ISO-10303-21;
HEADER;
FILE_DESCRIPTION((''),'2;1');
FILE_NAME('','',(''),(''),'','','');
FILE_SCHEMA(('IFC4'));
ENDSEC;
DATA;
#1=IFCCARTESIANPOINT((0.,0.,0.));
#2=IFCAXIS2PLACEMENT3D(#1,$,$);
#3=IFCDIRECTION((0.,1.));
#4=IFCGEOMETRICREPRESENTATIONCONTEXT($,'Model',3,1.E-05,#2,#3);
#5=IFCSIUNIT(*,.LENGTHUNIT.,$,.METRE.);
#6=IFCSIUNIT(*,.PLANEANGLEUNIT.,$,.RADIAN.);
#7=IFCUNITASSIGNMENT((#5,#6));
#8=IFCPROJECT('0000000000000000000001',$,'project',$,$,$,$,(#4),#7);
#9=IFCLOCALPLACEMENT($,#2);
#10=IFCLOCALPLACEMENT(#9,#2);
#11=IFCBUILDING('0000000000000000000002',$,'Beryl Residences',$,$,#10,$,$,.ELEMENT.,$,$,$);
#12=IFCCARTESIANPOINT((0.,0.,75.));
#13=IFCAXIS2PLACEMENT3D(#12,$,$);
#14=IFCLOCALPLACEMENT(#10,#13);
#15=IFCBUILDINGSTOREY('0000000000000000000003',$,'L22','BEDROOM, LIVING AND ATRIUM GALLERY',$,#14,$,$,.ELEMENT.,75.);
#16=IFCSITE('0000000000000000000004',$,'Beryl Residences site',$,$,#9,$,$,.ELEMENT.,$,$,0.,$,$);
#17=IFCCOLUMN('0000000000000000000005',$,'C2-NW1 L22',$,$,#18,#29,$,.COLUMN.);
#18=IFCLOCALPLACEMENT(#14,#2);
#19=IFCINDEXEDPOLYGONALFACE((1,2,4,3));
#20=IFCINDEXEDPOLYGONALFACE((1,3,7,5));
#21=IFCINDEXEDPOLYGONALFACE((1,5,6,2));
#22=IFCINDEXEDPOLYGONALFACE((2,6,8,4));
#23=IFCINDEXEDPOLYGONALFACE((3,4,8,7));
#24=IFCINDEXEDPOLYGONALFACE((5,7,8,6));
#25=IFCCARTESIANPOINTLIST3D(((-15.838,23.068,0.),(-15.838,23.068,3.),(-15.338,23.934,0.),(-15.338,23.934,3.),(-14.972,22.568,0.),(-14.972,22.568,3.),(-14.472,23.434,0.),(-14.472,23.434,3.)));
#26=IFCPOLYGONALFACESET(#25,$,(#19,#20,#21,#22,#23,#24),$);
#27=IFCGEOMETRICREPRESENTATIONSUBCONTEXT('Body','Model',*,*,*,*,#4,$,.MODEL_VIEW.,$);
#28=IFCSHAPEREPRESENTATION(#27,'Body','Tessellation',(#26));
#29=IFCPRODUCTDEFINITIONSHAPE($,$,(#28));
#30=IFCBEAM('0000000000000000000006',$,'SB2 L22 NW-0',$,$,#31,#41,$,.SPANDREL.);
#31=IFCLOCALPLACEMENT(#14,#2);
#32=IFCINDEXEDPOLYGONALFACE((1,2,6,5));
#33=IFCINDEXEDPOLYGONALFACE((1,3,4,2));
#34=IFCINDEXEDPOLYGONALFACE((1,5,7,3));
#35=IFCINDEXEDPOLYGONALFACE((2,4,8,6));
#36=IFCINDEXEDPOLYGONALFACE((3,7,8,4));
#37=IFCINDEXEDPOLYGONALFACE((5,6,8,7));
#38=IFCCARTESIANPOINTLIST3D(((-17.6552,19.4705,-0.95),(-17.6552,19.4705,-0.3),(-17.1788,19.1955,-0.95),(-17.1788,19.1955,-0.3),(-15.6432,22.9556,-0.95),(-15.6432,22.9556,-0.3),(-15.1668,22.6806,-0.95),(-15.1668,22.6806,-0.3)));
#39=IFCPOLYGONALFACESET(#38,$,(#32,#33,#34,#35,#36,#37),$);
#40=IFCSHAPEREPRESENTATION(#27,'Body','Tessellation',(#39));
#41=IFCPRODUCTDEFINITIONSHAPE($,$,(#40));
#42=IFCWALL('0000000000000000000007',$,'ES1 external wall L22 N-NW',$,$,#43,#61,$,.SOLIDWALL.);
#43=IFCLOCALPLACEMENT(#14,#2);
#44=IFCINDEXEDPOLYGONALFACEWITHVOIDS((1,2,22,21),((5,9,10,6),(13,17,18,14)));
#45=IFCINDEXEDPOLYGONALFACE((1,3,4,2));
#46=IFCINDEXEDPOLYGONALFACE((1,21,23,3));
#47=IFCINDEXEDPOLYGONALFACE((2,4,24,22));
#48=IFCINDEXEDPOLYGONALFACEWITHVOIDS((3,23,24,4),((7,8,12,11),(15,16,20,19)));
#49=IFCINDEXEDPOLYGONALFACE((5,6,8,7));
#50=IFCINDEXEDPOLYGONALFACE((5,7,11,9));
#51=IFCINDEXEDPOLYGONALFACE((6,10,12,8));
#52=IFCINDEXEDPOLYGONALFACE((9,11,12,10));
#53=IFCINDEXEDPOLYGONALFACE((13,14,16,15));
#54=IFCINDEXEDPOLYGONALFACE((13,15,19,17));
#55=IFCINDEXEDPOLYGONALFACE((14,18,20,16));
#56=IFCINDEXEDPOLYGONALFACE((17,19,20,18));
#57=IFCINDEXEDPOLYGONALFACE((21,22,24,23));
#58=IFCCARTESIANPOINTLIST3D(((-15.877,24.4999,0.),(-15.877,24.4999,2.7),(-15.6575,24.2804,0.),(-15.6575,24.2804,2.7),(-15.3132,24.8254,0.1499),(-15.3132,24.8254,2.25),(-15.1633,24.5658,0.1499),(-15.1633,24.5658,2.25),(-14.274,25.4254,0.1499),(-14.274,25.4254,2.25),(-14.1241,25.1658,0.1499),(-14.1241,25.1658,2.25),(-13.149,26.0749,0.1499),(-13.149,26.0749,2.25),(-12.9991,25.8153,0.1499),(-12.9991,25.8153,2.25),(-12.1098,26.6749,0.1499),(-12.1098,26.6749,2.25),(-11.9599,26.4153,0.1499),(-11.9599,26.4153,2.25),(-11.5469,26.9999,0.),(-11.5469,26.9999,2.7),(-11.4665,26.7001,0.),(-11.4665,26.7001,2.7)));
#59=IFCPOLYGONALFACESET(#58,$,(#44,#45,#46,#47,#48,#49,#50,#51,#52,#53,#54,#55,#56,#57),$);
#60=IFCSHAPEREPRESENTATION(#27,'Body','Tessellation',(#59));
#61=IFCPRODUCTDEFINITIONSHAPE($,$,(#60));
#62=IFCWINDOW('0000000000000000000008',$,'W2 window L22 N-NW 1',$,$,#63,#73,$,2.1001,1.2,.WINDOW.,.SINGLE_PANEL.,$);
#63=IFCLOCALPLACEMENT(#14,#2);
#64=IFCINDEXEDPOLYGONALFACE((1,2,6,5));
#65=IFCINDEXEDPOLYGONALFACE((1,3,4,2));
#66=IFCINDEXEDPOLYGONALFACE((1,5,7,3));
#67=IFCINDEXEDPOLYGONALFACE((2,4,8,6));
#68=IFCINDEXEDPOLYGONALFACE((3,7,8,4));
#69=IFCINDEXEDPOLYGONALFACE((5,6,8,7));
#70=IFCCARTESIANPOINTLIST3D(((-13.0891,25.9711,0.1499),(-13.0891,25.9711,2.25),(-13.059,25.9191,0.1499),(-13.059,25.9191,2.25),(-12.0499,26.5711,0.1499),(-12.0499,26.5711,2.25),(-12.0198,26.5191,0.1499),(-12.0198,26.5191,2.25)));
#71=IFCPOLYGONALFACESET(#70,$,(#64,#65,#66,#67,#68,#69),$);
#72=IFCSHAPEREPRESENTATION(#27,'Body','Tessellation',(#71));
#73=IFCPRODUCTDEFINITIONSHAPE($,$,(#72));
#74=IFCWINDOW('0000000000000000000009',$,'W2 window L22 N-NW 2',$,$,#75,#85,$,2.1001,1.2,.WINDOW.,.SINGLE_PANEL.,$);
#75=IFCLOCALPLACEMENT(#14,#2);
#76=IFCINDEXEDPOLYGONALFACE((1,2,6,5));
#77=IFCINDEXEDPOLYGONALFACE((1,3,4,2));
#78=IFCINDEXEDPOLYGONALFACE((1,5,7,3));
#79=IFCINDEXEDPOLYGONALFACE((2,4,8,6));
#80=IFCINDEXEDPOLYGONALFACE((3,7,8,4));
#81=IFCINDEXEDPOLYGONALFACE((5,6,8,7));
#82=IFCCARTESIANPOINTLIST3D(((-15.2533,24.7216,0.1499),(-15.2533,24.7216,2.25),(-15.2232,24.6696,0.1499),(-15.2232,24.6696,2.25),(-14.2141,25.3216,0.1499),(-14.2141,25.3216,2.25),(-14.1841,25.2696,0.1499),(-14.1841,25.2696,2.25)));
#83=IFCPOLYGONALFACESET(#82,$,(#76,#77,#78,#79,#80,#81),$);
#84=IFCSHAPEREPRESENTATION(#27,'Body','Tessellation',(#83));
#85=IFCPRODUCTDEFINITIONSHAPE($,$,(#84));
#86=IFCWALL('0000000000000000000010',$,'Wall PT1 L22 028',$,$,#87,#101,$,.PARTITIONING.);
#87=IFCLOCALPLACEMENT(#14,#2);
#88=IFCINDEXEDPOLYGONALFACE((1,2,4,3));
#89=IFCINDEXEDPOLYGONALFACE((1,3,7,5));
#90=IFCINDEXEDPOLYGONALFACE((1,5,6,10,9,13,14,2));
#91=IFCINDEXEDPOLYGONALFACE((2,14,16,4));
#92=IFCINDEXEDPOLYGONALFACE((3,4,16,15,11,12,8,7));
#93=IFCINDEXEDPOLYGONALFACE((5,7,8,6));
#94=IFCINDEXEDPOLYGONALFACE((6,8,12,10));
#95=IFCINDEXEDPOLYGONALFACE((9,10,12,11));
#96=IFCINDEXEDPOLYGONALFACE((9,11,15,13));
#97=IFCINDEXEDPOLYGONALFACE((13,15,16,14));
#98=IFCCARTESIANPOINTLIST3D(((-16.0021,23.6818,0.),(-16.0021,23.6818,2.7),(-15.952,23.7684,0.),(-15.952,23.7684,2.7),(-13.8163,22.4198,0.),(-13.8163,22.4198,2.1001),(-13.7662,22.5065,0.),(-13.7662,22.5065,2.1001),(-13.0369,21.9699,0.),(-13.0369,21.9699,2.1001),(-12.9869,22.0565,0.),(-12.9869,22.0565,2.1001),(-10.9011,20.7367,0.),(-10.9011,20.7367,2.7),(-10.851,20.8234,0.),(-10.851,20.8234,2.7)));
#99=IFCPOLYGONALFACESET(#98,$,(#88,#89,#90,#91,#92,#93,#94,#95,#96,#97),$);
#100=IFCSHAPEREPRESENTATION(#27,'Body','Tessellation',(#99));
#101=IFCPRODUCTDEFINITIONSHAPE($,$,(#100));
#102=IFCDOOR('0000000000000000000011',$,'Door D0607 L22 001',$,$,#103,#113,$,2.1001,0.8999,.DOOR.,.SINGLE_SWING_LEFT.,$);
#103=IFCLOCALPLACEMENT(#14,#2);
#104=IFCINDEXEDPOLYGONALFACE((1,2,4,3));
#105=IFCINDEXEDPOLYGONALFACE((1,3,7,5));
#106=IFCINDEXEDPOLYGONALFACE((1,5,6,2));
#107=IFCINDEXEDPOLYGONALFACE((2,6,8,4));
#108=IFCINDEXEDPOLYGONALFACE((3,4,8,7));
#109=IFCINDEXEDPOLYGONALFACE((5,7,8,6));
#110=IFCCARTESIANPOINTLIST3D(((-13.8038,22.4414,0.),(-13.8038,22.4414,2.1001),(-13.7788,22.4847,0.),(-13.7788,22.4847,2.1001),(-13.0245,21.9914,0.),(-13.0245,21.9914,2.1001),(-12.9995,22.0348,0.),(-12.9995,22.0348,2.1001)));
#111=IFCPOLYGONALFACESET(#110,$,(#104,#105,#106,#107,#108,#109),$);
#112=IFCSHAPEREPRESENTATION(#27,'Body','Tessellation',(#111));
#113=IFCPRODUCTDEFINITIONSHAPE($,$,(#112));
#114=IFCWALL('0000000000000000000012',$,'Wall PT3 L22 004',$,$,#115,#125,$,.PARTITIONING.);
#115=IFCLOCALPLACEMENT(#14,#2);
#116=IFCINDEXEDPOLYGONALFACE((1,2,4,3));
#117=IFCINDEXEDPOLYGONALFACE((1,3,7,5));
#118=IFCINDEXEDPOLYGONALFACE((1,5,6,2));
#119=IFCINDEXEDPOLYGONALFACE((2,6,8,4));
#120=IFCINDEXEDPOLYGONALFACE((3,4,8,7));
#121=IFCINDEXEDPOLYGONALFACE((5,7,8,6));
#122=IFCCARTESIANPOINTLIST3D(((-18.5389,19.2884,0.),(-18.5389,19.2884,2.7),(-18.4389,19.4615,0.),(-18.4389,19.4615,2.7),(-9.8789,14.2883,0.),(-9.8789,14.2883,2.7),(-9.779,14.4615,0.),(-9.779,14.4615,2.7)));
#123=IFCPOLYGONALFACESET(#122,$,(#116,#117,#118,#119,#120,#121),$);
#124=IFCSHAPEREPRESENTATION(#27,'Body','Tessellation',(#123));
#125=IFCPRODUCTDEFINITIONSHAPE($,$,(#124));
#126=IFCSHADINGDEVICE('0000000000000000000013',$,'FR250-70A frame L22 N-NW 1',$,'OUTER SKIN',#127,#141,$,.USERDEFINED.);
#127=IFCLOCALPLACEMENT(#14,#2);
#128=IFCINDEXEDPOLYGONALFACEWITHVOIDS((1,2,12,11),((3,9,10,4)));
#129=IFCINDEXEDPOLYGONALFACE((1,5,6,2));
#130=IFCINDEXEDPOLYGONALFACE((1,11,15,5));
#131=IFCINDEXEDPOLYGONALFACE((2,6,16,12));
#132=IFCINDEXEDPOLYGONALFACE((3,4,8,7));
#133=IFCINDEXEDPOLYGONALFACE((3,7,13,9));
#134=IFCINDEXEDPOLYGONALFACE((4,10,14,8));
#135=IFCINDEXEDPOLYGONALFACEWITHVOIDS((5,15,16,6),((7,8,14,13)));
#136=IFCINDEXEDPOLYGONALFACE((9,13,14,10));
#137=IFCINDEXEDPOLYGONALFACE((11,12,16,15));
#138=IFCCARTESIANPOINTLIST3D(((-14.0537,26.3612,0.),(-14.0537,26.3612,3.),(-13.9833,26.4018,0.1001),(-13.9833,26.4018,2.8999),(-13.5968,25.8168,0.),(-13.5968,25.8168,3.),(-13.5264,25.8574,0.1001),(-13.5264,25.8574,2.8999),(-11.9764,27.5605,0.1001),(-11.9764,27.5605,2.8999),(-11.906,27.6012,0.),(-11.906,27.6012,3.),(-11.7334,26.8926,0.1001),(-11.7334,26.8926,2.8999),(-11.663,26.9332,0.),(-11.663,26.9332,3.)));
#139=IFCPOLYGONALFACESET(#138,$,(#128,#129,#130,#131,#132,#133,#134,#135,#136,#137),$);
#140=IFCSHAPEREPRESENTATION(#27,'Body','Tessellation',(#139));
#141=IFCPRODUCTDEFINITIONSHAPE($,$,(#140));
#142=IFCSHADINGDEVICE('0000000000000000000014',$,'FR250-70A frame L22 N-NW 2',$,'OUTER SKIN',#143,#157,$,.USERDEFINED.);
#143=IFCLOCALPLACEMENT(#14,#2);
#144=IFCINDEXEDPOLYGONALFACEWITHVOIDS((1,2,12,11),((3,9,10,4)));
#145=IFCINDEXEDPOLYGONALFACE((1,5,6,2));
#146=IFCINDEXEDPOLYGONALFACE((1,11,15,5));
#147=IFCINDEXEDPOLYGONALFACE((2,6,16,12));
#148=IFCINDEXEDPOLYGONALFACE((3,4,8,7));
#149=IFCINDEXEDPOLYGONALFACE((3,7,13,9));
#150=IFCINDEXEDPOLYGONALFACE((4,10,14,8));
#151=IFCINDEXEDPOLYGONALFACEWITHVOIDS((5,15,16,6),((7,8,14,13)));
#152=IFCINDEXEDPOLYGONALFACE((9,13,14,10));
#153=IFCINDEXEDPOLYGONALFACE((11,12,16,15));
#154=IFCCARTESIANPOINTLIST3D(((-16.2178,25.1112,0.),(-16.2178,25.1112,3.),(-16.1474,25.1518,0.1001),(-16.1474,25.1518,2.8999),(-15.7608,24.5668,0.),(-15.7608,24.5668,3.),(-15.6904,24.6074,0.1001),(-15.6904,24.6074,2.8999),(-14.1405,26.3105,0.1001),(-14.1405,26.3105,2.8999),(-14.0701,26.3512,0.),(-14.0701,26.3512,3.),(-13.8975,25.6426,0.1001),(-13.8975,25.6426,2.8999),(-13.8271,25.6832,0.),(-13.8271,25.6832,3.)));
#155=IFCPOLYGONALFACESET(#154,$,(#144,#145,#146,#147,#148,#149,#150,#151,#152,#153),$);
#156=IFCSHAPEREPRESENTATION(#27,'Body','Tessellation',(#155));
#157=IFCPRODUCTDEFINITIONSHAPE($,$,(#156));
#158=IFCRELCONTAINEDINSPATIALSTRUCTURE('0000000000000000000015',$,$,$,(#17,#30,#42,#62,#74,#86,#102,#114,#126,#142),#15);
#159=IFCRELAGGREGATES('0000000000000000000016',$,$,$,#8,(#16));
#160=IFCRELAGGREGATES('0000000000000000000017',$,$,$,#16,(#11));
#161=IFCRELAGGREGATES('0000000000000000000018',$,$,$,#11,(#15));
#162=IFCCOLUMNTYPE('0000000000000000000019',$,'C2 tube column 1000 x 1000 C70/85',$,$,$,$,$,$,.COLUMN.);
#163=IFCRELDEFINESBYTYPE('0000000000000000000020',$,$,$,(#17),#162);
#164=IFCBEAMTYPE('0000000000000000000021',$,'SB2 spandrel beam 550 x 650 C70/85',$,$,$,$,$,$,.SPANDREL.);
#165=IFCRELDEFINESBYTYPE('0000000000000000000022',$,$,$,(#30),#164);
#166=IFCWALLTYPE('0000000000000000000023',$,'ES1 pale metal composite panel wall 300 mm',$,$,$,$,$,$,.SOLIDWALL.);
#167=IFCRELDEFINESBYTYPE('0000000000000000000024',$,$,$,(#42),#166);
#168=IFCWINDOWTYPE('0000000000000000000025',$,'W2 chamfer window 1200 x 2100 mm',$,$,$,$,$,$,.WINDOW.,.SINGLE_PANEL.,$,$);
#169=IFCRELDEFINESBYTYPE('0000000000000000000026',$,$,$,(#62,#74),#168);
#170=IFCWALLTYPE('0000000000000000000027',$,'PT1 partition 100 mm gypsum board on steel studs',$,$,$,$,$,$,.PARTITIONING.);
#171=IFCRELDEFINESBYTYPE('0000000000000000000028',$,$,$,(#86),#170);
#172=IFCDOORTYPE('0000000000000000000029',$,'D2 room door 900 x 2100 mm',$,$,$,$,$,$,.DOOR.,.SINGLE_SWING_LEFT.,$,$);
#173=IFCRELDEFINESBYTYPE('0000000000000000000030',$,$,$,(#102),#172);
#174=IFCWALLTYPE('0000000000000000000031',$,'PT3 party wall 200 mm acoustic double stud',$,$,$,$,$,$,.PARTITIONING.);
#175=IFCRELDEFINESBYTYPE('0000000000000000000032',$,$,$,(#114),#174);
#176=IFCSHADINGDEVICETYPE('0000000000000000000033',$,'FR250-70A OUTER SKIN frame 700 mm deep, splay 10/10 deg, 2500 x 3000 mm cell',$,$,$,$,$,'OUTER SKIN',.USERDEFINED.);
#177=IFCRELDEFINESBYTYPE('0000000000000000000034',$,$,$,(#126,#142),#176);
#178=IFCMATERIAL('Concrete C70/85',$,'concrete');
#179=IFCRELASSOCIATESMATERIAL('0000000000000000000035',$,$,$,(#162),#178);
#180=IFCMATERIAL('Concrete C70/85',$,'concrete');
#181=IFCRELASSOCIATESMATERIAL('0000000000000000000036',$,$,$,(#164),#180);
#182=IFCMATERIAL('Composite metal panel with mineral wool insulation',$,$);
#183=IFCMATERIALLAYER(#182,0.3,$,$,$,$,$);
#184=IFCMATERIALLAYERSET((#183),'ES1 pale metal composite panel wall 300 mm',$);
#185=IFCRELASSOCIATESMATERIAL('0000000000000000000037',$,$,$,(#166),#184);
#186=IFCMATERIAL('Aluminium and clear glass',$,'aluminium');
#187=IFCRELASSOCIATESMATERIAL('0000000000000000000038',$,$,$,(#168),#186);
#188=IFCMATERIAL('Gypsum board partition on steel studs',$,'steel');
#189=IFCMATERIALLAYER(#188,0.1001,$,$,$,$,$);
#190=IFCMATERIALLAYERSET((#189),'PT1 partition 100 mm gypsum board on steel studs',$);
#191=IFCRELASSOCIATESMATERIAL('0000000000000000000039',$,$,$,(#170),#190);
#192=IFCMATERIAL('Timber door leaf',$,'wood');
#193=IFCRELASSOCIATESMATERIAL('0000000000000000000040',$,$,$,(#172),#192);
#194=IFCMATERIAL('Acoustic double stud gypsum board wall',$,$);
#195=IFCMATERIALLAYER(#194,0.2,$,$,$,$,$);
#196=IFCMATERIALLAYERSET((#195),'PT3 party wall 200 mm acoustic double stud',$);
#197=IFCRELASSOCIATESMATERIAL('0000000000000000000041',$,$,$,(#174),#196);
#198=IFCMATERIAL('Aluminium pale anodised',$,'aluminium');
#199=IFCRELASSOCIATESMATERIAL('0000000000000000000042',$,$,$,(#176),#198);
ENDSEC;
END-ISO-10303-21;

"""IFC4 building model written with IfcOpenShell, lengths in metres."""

from ifc_helpers import new_model, entity, si_unit, direction, frame, frame_2d, origin, origin_2d, place, context, subcontext, project, spatial, polyline, rectangle, outline, extrude, source, transform, mapped, material, layer, layer_set, material_profile, profile_set, type_object, type_shapes, element, fill, save


model = new_model("IFC4")

# Units and contexts
model_context = context("Model", 3, precision=1e-05, world=origin(), true_north=direction((0.0, 1.0)))
body_context = subcontext(model_context, "Body", "Model", "MODEL_VIEW")
ifc_project = project(units=[si_unit("LENGTHUNIT", "METRE"), si_unit("PLANEANGLEUNIT", "RADIAN")], contexts=[model_context])

# Site, building, storey
site_placement = place(None, origin())
site = spatial("IfcSite", under=ifc_project, at=site_placement, Name="Beryl Residences site", CompositionType="ELEMENT", RefElevation=0.0)
building_placement = place(site_placement, origin())
building = spatial("IfcBuilding", under=site, at=building_placement, Name="Beryl Residences", CompositionType="ELEMENT")
storey_placement = place(building_placement, frame((0.0, 0.0, 75.0)))
storey = spatial("IfcBuildingStorey", under=building, at=storey_placement, Name="L22", Description="BEDROOM, LIVING AND ATRIUM GALLERY", CompositionType="ELEMENT", Elevation=75.0)

# Column
ifc_material_1 = material(Name="Concrete C70/85", Category="concrete")
ifc_material_profile_1 = material_profile(ifc_material_1, rectangle(XDim=1.0, YDim=1.0, at=origin_2d()))
ifc_profile_set_1 = profile_set([ifc_material_profile_1], Name="Concrete C70/85")
column_type = type_object("IfcColumnType", Name="C2 tube column 1000 x 1000 C70/85", PredefinedType="COLUMN", material=ifc_profile_set_1)
column_placement = place(storey_placement, frame((-15.155, 23.251, 0.0), z_axis=(0.0, 0.0, 1.0), x_axis=(-0.5, -0.866025, 0.0)))
element("IfcColumn", 1, at=column_placement, inside=storey, type_object=column_type, Name="C2-NW1 L22", PredefinedType="COLUMN", context=body_context, shape_type="SweptSolid", body=[
    extrude(rectangle(XDim=1.0, YDim=1.0, at=origin_2d()), origin(), (0.0, 0.0, 1.0), 3.0),
])

# Beam
ifc_material_2 = material(Name="Concrete C70/85", Category="concrete")
ifc_material_profile_2 = material_profile(ifc_material_2, rectangle(XDim=0.55, YDim=0.6499, at=origin_2d()))
ifc_profile_set_2 = profile_set([ifc_material_profile_2], Name="Concrete C70/85")
beam_type = type_object("IfcBeamType", Name="SB2 spandrel beam 550 x 650 C70/85", PredefinedType="SPANDREL", material=ifc_profile_set_2)
beam_placement = place(storey_placement, frame((-15.405, 22.8181, -0.625), z_axis=(-0.499969, -0.866043, 0.0), x_axis=(0.866043, -0.499969, 0.0)))
element("IfcBeam", 2, at=beam_placement, inside=storey, type_object=beam_type, Name="SB2 L22 NW-0", PredefinedType="SPANDREL", context=body_context, shape_type="SweptSolid", body=[
    extrude(rectangle(XDim=0.55, YDim=0.6499, at=origin_2d()), origin(), (0.0, 0.0, 1.0), 4.0242),
])

# Wall, openings, windows
ifc_material_3 = material(Name="Composite metal panel with mineral wool insulation")
ifc_layer_1 = layer(ifc_material_3, 0.3)
ifc_layer_set_1 = layer_set([ifc_layer_1], Name="ES1 pale metal composite panel wall 300 mm")
wall_type_1 = type_object("IfcWallType", Name="ES1 pale metal composite panel wall 300 mm", PredefinedType="SOLIDWALL", material=ifc_layer_set_1)
wall_1_placement = place(storey_placement, frame((-11.4719, 26.8701, 0.0), z_axis=(0.0, 0.0, 1.0), x_axis=(-0.866023, -0.500004, 0.0)))
wall_1 = element("IfcWall", 3, at=wall_1_placement, inside=storey, type_object=wall_type_1, Name="ES1 external wall L22 N-NW", PredefinedType="SOLIDWALL", context=body_context, shape_type="SweptSolid", body=[
    extrude(outline(polyline([(0.0, -0.1499), (5.0, -0.1499), (4.9197, 0.1499), (0.0803, 0.1499), (0.0, -0.1499)])), origin(), (0.0, 0.0, 1.0), 2.7),
])
opening_1_placement = place(wall_1_placement, frame((0.6499, 0.0, 0.1499)))
opening_1 = element("IfcOpeningElement", 4, at=opening_1_placement, cuts=wall_1, PredefinedType="OPENING", context=body_context, shape_type="SweptSolid", body=[
    extrude(rectangle(XDim=1.2, YDim=2.1001, at=frame_2d((0.6001, 1.05))), frame((0.0, 0.1599, 0.0), z_axis=(0.0, -1.0, 0.0), x_axis=(1.0, 0.0, 0.0)), (0.0, 0.0, 1.0), 0.3201),
])
opening_2_placement = place(wall_1_placement, frame((3.1489, 0.0, 0.1499)))
opening_2 = element("IfcOpeningElement", 5, at=opening_2_placement, cuts=wall_1, PredefinedType="OPENING", context=body_context, shape_type="SweptSolid", body=[
    extrude(rectangle(XDim=1.2, YDim=2.1001, at=frame_2d((0.6001, 1.05))), frame((0.0, 0.1599, 0.0), z_axis=(0.0, -1.0, 0.0), x_axis=(1.0, 0.0, 0.0)), (0.0, 0.0, 1.0), 0.3201),
])
ifc_material_4 = material(Name="Aluminium and clear glass", Category="aluminium")
window_type_1 = type_object("IfcWindowType", Name="W2 chamfer window 1200 x 2100 mm", PartitioningType="SINGLE_PANEL", PredefinedType="WINDOW", material=ifc_material_4)
window_1_placement = place(opening_1_placement, origin())
window_1 = element("IfcWindow", 6, at=window_1_placement, inside=storey, type_object=window_type_1, Name="W2 window L22 N-NW 1", OverallHeight=2.1001, OverallWidth=1.2, PartitioningType="SINGLE_PANEL", PredefinedType="WINDOW", context=body_context, shape_type="SweptSolid", body=[
    extrude(rectangle(XDim=1.2, YDim=2.1001, at=frame_2d((0.6001, 1.05))), frame((0.0, 0.03, 0.0), z_axis=(0.0, -1.0, 0.0), x_axis=(1.0, 0.0, 0.0)), (0.0, 0.0, 1.0), 0.0601),
])
fill(opening_1, window_1)
window_2_placement = place(opening_2_placement, origin())
window_2 = element("IfcWindow", 7, at=window_2_placement, inside=storey, type_object=window_type_1, Name="W2 window L22 N-NW 2", OverallHeight=2.1001, OverallWidth=1.2, PartitioningType="SINGLE_PANEL", PredefinedType="WINDOW", context=body_context, shape_type="SweptSolid", body=[
    extrude(rectangle(XDim=1.2, YDim=2.1001, at=frame_2d((0.6001, 1.05))), frame((0.0, 0.03, 0.0), z_axis=(0.0, -1.0, 0.0), x_axis=(1.0, 0.0, 0.0)), (0.0, 0.0, 1.0), 0.0601),
])
fill(opening_2, window_2)

# Wall, opening, door
ifc_material_5 = material(Name="Gypsum board partition on steel studs", Category="steel")
ifc_layer_2 = layer(ifc_material_5, 0.1001)
ifc_layer_set_2 = layer_set([ifc_layer_2], Name="PT1 partition 100 mm gypsum board on steel studs")
wall_type_2 = type_object("IfcWallType", Name="PT1 partition 100 mm gypsum board on steel studs", PredefinedType="PARTITIONING", material=ifc_layer_set_2)
wall_2_placement = place(storey_placement, frame((-15.9771, 23.7251, 0.0), z_axis=(0.0, 0.0, 1.0), x_axis=(0.866028, -0.499995, 0.0)))
wall_2 = element("IfcWall", 8, at=wall_2_placement, inside=storey, type_object=wall_type_2, Name="Wall PT1 L22 028", PredefinedType="PARTITIONING", context=body_context, shape_type="SweptSolid", body=[
    extrude(rectangle(XDim=5.8901, YDim=0.1001, at=frame_2d((2.9451, 0.0))), origin(), (0.0, 0.0, 1.0), 2.7),
])
opening_3_placement = place(wall_2_placement, frame((2.5239, 0.0, 0.0)))
opening_3 = element("IfcOpeningElement", 9, at=opening_3_placement, cuts=wall_2, PredefinedType="OPENING", context=body_context, shape_type="SweptSolid", body=[
    extrude(rectangle(XDim=0.8999, YDim=2.1001, at=frame_2d((0.45, 1.05))), frame((0.0, 0.0601, 0.0), z_axis=(0.0, -1.0, 0.0), x_axis=(1.0, 0.0, 0.0)), (0.0, 0.0, 1.0), 0.1201),
])
ifc_material_6 = material(Name="Timber door leaf", Category="wood")
door_type = type_object("IfcDoorType", Name="D2 room door 900 x 2100 mm", OperationType="SINGLE_SWING_LEFT", PredefinedType="DOOR", material=ifc_material_6)
door_placement = place(opening_3_placement, origin())
door = element("IfcDoor", 10, at=door_placement, inside=storey, type_object=door_type, Name="Door D0607 L22 001", OperationType="SINGLE_SWING_LEFT", OverallHeight=2.1001, OverallWidth=0.8999, PredefinedType="DOOR", context=body_context, shape_type="SweptSolid", body=[
    extrude(rectangle(XDim=0.8999, YDim=2.1001, at=frame_2d((0.45, 1.05))), frame((0.0, 0.0249, 0.0), z_axis=(0.0, -1.0, 0.0), x_axis=(1.0, 0.0, 0.0)), (0.0, 0.0, 1.0), 0.05),
])
fill(opening_3, door)

# Wall
ifc_material_7 = material(Name="Acoustic double stud gypsum board wall")
ifc_layer_3 = layer(ifc_material_7, 0.2)
ifc_layer_set_3 = layer_set([ifc_layer_3], Name="PT3 party wall 200 mm acoustic double stud")
wall_type_3 = type_object("IfcWallType", Name="PT3 party wall 200 mm acoustic double stud", PredefinedType="PARTITIONING", material=ifc_layer_set_3)
wall_3_placement = place(storey_placement, frame((-18.489, 19.375, 0.0), z_axis=(0.0, 0.0, 1.0), x_axis=(0.866017, -0.500015, 0.0)))
element("IfcWall", 11, at=wall_3_placement, inside=storey, type_object=wall_type_3, Name="Wall PT3 L22 004", PredefinedType="PARTITIONING", context=body_context, shape_type="SweptSolid", body=[
    extrude(rectangle(XDim=9.9998, YDim=0.2, at=frame_2d((5.0, 0.0))), origin(), (0.0, 0.0, 1.0), 2.7),
])

# Shading devices
ifc_material_8 = material(Name="Aluminium pale anodised", Category="aluminium")
shading_device_type_1 = type_object("IfcShadingDeviceType", Name="FR250-70A OUTER SKIN frame 700 mm deep, splay 10/10 deg, 2500 x 3000 mm cell", ElementType="OUTER SKIN", PredefinedType="USERDEFINED", material=ifc_material_8)
cartesian_point_1 = entity("IfcCartesianPoint", [-1.1165, 0.0])
cartesian_point_2 = entity("IfcCartesianPoint", [-1.0352, 0.1001])
cartesian_point_3 = entity("IfcCartesianPoint", [-1.24, 0.0])
cartesian_point_4 = entity("IfcCartesianPoint", [-1.1587, 0.1001])
shared_shape_1 = source(origin(), body_context, "Body", "SweptSolid", [
    entity("IfcExtrudedAreaSolidTapered", entity("IfcArbitraryProfileDefWithVoids", "AREA", None, entity("IfcPolyline", [cartesian_point_1, entity("IfcCartesianPoint", [1.1165, 0.0]), entity("IfcCartesianPoint", [1.1165, 3.0]), entity("IfcCartesianPoint", [-1.1165, 3.0]), cartesian_point_1]), [entity("IfcPolyline", [cartesian_point_2, entity("IfcCartesianPoint", [1.0352, 0.1001]), entity("IfcCartesianPoint", [1.0352, 2.8999]), entity("IfcCartesianPoint", [-1.0352, 2.8999]), cartesian_point_2])]), entity("IfcAxis2Placement3D", entity("IfcCartesianPoint", [0.0, 0.0, 0.0]), entity("IfcDirection", [0.0, 1.0, 0.0]), entity("IfcDirection", [-1.0, 0.0, 0.0])), entity("IfcDirection", [0.0, 0.0, 1.0]), 0.7, entity("IfcArbitraryProfileDefWithVoids", "AREA", None, entity("IfcPolyline", [cartesian_point_3, entity("IfcCartesianPoint", [1.24, 0.0]), entity("IfcCartesianPoint", [1.24, 3.0]), entity("IfcCartesianPoint", [-1.24, 3.0]), cartesian_point_3]), [entity("IfcPolyline", [cartesian_point_4, entity("IfcCartesianPoint", [1.1587, 0.1001]), entity("IfcCartesianPoint", [1.1587, 2.8999]), entity("IfcCartesianPoint", [-1.1587, 2.8999]), cartesian_point_4])])),
])
type_shapes(shading_device_type_1, [shared_shape_1])
for number, where, z_axis, x_axis, name in (
    (12, (-12.6299, 26.375, 0.0), (0.0, 0.0, 1.0), (0.866025, 0.5, 0.0), "FR250-70A frame L22 N-NW 1"),
    (13, (-14.7939, 25.125, 0.0), (0.0, 0.0, 1.0), (0.866025, 0.5, 0.0), "FR250-70A frame L22 N-NW 2"),
):
    element("IfcShadingDevice", number, at=place(storey_placement, frame(where, z_axis=z_axis, x_axis=x_axis)), inside=storey, type_object=shading_device_type_1, Name=name, ObjectType="OUTER SKIN", PredefinedType="USERDEFINED", context=body_context, shape_type="MappedRepresentation", body=[
        mapped(shared_shape_1, transform((0.0, 0.0, 0.0))),
    ])

save(model, "model.ifc")
